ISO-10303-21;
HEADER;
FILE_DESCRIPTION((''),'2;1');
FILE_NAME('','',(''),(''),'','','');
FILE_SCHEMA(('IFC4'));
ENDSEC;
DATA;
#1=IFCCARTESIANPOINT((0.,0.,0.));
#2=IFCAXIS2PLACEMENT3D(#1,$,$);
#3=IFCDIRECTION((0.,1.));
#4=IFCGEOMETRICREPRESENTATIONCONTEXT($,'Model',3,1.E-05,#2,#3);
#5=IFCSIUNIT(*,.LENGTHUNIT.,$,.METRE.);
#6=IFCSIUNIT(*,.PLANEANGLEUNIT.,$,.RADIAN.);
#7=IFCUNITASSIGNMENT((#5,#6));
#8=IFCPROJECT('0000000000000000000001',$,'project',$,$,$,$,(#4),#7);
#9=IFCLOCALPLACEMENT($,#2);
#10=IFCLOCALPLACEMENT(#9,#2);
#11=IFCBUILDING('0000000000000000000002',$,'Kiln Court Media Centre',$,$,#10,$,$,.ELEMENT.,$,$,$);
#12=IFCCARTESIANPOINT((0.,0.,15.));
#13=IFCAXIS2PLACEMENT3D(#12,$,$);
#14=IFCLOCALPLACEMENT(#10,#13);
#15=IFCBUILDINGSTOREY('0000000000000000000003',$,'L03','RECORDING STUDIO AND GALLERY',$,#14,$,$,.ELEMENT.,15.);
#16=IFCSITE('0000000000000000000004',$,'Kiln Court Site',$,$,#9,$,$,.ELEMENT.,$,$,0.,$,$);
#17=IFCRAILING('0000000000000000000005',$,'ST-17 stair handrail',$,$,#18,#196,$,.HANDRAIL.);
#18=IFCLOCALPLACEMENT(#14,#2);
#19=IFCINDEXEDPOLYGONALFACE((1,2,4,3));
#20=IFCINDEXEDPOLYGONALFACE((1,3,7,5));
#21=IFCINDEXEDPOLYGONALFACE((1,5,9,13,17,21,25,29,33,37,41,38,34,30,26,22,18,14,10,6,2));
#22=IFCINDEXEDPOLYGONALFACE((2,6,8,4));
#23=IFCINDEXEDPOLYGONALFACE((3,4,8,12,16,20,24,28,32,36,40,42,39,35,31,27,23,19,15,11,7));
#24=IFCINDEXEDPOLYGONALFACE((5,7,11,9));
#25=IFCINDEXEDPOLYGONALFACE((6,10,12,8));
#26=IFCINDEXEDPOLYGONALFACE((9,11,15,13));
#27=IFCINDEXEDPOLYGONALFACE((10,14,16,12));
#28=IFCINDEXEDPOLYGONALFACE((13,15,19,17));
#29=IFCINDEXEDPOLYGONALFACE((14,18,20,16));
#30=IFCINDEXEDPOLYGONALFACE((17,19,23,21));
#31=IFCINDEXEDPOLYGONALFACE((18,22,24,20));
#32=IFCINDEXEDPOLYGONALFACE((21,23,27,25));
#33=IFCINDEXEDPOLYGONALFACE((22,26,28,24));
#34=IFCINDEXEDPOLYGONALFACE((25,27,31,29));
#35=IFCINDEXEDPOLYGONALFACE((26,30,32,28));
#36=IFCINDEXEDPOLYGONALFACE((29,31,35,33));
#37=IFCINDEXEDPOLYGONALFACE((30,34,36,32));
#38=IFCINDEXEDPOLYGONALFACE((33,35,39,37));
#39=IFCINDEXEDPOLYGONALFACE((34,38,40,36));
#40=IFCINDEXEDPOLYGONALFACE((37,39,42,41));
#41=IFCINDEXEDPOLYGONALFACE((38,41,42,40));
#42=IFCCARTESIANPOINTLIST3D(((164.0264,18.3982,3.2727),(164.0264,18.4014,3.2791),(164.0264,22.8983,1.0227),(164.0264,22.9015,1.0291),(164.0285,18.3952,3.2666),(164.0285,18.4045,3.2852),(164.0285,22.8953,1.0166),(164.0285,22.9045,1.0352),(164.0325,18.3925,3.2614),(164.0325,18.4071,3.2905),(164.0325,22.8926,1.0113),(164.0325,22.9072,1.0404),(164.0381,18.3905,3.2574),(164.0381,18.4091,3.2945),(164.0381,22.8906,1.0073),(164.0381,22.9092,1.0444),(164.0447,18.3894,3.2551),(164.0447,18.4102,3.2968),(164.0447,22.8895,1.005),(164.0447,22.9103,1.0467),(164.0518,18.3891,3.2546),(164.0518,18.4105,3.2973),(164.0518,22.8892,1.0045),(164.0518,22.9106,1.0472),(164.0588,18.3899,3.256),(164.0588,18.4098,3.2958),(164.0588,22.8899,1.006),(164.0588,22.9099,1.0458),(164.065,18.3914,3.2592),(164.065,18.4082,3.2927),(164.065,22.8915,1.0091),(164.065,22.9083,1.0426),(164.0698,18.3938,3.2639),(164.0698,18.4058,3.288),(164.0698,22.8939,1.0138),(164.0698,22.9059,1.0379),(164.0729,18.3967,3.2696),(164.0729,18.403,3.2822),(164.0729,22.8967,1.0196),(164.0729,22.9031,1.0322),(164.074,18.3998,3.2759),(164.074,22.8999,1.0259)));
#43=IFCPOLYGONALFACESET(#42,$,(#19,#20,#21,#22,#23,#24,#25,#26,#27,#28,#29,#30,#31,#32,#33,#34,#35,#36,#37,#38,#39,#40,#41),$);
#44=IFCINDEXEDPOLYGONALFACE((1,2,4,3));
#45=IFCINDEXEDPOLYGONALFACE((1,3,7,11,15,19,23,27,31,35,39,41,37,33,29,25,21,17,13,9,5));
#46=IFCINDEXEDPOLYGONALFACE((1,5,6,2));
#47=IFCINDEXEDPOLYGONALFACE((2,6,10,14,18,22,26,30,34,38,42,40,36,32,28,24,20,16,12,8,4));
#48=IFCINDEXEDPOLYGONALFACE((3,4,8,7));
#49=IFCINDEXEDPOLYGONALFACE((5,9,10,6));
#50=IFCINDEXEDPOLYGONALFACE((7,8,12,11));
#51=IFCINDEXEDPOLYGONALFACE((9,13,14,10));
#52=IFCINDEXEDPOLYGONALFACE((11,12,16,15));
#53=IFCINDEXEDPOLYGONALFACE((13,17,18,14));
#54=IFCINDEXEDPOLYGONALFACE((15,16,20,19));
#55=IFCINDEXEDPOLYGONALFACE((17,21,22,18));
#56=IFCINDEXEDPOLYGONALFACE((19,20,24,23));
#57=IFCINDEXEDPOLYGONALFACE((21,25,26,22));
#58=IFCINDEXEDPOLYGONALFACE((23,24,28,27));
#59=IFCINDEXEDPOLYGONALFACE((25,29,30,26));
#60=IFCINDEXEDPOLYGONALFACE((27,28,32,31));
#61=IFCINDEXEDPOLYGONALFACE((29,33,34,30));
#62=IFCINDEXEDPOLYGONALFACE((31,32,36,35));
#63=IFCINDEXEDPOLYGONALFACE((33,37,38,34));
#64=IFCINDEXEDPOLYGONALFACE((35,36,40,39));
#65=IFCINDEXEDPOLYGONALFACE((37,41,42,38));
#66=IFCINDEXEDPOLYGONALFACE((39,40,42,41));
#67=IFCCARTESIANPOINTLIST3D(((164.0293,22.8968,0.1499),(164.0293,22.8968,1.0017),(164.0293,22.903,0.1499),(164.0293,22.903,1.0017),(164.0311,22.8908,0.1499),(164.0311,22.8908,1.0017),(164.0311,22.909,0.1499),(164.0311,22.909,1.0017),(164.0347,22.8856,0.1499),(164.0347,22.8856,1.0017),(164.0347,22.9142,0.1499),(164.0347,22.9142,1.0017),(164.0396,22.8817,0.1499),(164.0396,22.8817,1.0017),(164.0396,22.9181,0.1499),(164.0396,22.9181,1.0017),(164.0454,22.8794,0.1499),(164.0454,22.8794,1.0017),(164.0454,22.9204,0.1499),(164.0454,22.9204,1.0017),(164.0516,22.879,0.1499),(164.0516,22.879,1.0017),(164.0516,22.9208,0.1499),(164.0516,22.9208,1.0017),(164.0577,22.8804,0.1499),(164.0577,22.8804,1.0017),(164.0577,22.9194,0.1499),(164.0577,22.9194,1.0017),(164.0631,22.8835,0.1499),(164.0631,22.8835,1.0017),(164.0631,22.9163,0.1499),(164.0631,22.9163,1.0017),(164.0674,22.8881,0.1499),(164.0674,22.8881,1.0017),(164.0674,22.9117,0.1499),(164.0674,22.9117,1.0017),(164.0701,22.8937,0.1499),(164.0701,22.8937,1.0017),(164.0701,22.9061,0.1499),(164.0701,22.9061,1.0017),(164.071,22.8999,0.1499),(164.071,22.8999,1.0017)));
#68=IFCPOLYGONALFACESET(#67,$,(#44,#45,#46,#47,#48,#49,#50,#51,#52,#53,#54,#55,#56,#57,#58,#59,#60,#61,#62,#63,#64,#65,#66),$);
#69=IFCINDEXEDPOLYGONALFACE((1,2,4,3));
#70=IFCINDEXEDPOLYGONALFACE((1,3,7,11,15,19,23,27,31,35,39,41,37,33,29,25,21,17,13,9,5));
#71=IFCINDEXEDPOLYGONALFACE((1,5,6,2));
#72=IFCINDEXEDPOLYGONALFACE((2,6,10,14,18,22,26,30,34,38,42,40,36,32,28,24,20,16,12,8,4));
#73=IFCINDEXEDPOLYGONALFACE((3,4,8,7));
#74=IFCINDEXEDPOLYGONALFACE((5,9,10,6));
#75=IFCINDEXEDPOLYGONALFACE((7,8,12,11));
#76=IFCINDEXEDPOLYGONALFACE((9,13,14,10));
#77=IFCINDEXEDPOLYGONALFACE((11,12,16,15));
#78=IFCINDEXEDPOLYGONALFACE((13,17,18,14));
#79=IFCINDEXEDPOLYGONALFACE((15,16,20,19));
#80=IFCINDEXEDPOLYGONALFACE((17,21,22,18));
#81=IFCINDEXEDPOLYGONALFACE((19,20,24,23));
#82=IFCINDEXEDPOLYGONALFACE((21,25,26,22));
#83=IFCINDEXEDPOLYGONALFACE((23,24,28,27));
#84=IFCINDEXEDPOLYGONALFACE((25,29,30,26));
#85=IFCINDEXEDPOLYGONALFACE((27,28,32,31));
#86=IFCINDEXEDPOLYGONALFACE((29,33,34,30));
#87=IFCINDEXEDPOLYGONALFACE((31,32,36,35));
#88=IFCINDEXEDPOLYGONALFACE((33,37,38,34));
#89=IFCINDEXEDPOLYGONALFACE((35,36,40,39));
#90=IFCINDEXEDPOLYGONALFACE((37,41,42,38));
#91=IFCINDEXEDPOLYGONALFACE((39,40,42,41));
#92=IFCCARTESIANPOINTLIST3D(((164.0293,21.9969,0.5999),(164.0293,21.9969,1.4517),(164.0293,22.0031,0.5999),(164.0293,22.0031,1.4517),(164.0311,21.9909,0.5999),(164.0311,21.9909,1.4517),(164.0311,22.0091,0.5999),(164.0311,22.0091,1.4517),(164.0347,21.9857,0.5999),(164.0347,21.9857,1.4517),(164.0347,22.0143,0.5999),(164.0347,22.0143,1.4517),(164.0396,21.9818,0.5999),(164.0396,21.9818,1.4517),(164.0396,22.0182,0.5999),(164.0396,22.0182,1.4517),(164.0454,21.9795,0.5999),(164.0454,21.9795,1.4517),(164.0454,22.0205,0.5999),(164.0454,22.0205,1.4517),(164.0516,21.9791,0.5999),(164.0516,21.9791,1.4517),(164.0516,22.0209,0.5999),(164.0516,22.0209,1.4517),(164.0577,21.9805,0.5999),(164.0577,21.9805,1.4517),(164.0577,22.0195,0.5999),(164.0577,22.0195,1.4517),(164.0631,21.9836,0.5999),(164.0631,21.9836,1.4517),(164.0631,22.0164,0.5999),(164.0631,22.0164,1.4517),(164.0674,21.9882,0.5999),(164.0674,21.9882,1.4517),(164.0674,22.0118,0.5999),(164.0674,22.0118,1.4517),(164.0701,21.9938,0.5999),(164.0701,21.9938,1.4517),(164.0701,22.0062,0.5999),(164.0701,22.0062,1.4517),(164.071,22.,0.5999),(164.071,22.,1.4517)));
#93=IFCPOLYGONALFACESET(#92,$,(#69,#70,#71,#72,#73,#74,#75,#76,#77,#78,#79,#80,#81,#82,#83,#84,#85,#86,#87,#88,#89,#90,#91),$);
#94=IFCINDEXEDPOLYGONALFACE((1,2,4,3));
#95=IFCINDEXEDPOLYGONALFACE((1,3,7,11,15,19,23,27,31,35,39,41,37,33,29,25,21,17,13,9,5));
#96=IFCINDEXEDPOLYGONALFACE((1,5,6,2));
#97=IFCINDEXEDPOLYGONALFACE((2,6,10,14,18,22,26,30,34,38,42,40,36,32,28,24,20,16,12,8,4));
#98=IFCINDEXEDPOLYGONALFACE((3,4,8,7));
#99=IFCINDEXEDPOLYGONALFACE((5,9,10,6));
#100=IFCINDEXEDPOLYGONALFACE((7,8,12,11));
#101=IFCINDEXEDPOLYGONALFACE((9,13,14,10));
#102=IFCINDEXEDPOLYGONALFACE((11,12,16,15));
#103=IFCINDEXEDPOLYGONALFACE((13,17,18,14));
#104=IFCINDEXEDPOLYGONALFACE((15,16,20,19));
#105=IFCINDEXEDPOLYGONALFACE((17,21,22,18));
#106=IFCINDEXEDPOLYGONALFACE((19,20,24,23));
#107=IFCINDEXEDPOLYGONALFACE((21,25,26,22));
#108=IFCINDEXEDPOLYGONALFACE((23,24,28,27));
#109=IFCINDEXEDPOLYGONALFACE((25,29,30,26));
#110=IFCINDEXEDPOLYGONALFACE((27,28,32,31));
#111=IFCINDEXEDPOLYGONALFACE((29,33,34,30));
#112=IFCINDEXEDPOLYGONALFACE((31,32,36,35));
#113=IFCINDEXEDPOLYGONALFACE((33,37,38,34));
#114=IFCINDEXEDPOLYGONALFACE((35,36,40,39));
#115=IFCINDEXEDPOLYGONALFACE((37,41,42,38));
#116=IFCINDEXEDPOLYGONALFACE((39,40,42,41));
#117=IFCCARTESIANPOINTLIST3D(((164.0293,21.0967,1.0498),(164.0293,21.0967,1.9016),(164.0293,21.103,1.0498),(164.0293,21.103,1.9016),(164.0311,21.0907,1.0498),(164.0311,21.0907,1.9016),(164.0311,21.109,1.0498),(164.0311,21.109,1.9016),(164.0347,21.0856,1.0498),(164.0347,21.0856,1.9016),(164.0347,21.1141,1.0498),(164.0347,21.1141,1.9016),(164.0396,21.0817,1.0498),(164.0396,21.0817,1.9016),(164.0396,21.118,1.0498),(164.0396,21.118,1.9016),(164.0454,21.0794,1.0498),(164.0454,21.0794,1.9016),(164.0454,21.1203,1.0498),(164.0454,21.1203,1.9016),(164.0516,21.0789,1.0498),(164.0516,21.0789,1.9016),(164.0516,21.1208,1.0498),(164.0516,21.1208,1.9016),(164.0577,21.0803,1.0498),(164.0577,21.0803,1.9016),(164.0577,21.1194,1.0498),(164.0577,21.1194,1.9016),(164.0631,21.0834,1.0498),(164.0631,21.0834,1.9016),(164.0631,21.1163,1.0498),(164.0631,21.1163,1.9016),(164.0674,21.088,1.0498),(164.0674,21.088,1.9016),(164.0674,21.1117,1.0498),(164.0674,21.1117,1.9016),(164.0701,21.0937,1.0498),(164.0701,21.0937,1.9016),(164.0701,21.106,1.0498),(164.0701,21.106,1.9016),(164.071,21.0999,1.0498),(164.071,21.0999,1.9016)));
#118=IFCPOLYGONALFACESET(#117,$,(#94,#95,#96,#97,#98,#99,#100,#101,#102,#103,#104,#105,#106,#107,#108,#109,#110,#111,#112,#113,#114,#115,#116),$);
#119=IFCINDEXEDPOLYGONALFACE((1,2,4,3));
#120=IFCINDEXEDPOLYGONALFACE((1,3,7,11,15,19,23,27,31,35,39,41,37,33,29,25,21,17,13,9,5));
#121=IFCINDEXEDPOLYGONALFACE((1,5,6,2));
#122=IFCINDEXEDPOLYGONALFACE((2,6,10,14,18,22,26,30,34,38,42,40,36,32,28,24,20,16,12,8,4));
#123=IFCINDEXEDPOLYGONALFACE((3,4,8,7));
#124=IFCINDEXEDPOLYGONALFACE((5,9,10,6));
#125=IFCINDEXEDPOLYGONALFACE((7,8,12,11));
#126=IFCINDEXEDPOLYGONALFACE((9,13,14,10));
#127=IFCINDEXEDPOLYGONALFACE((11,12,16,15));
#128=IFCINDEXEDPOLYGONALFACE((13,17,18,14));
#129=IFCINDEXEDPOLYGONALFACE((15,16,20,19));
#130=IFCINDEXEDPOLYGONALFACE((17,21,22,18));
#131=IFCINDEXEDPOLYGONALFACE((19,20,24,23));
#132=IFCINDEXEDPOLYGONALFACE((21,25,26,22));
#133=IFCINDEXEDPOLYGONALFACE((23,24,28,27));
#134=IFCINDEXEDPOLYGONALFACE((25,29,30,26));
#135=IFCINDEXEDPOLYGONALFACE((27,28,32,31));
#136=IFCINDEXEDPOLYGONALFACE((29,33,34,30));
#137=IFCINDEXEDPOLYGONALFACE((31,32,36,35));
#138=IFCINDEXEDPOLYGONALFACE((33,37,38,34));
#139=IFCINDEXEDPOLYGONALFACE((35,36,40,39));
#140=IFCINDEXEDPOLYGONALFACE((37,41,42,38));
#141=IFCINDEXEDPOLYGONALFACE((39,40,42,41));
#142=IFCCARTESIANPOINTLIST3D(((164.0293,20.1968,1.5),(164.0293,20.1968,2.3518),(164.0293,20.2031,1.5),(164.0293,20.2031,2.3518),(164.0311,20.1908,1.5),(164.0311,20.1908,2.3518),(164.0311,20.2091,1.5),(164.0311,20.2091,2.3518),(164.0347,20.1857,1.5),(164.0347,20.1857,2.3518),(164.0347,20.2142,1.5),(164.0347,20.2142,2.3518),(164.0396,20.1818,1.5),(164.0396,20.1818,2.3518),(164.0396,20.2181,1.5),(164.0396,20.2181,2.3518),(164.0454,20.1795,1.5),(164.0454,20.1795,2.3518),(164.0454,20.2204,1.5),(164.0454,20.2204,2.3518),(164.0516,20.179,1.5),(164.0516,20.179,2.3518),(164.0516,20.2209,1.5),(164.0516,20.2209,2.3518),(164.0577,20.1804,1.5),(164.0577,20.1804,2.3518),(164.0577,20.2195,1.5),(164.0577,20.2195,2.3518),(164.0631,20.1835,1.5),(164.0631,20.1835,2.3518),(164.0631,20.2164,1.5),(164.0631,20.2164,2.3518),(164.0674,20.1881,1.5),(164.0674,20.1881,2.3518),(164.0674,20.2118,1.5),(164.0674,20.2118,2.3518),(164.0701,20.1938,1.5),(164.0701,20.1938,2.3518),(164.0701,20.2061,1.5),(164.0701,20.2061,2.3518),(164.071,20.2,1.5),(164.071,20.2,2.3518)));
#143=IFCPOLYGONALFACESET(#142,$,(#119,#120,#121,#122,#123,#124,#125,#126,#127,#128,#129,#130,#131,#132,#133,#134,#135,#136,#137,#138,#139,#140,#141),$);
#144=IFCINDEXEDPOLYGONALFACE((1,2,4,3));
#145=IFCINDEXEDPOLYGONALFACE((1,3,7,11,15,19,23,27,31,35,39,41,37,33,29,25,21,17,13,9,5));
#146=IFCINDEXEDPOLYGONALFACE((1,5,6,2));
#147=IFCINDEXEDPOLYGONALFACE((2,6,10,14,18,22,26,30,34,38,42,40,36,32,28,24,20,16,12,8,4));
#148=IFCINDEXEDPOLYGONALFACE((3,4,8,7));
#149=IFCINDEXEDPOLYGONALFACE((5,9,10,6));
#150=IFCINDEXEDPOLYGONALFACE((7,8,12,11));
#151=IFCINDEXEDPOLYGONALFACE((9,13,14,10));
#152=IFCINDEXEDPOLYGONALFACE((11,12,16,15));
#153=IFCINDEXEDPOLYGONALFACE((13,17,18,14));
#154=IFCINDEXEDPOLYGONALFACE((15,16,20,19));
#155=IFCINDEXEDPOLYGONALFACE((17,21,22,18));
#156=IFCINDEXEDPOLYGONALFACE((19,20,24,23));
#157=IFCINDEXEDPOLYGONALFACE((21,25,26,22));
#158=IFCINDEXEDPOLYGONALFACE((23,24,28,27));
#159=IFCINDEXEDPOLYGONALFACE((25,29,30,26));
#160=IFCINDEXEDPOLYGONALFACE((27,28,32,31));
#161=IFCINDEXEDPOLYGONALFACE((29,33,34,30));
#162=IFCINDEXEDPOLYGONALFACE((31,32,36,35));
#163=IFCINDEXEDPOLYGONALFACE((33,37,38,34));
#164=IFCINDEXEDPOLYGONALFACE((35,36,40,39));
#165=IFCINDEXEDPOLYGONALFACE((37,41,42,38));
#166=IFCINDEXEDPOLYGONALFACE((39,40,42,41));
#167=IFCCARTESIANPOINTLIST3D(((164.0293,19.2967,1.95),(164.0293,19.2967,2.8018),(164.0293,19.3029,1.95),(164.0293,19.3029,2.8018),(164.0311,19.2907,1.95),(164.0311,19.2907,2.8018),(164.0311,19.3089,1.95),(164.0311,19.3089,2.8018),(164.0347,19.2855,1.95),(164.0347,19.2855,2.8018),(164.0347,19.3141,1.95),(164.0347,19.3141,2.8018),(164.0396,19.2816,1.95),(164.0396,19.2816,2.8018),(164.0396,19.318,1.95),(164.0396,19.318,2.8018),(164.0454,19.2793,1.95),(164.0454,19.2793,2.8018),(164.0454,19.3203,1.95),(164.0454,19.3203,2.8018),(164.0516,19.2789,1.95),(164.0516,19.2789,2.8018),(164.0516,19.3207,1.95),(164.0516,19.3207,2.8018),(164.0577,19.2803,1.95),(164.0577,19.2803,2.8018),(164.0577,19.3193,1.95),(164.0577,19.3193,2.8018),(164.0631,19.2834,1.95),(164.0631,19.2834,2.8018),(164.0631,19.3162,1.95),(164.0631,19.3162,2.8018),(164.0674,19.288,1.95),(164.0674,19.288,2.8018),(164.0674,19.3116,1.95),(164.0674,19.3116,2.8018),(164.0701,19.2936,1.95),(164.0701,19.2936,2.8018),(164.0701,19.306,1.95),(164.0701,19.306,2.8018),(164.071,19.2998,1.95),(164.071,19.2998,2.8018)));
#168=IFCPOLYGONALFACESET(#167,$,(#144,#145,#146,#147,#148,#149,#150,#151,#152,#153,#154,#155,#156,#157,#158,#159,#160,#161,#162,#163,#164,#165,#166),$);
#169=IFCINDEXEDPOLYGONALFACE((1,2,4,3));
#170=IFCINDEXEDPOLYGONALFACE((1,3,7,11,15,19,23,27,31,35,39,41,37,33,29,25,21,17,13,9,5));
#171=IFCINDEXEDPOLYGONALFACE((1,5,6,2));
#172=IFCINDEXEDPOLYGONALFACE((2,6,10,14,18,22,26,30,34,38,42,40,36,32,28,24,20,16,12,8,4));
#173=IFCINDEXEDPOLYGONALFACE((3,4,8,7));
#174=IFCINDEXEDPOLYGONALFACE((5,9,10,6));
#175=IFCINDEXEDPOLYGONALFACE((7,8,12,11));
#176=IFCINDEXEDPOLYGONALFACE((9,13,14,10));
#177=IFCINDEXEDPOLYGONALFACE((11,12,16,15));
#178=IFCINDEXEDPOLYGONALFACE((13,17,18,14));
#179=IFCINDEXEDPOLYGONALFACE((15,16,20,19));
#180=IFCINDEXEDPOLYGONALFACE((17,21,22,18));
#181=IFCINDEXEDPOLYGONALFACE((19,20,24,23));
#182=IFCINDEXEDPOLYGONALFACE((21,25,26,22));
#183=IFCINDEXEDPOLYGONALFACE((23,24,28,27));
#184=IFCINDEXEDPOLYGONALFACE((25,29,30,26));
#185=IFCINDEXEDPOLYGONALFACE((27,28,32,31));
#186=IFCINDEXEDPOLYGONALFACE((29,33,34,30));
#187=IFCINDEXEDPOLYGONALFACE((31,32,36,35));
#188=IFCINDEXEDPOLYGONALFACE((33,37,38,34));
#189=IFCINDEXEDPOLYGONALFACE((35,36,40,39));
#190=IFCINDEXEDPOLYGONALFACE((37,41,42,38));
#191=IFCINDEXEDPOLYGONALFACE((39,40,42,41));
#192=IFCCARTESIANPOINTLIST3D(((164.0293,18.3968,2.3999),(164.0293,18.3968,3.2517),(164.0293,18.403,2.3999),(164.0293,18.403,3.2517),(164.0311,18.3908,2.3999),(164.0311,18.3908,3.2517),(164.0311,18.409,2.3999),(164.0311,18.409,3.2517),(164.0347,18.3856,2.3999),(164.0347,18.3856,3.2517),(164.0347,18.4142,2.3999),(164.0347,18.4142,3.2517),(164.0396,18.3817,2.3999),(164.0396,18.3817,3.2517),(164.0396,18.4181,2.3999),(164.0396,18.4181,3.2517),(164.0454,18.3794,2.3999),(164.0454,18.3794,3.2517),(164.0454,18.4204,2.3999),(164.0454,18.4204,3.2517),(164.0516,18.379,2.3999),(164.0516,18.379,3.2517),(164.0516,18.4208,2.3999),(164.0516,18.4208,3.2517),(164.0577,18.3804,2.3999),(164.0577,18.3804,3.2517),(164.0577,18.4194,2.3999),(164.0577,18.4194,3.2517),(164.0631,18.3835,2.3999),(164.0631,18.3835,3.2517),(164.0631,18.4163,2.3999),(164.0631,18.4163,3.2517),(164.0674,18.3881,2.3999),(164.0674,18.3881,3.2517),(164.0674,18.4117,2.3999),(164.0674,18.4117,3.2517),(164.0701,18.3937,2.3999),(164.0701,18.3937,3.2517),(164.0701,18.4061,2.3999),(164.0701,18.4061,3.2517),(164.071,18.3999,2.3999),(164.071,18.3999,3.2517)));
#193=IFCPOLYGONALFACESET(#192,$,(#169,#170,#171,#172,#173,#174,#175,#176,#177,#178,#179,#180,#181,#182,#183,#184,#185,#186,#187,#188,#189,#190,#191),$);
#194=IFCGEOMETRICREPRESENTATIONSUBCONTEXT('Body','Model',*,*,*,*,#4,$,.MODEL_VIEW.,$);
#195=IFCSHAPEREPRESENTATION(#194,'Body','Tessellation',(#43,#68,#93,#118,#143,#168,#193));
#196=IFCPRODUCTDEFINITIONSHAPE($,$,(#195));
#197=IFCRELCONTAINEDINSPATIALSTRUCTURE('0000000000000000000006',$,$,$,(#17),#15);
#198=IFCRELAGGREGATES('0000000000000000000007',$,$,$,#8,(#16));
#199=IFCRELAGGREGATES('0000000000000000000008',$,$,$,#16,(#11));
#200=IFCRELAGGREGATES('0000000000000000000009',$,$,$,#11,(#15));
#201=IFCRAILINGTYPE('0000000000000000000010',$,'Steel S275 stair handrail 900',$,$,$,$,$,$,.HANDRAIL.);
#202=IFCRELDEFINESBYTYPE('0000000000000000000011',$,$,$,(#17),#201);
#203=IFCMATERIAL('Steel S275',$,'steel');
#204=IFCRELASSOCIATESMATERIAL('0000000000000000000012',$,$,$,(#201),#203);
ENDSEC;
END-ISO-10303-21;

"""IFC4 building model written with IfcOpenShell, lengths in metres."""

from ifc_helpers import new_model, si_unit, direction, frame, origin, origin_2d, place, context, subcontext, project, spatial, circle, extrude, material, type_object, element, save


model = new_model("IFC4")

# Units and contexts
model_context = context("Model", 3, precision=1e-05, world=origin(), true_north=direction((0.0, 1.0)))
body_context = subcontext(model_context, "Body", "Model", "MODEL_VIEW")
ifc_project = project(units=[si_unit("LENGTHUNIT", "METRE"), si_unit("PLANEANGLEUNIT", "RADIAN")], contexts=[model_context])

# Site, building, storey
site_placement = place(None, origin())
site = spatial("IfcSite", under=ifc_project, at=site_placement, Name="Kiln Court Site", CompositionType="ELEMENT", RefElevation=0.0)
building_placement = place(site_placement, origin())
building = spatial("IfcBuilding", under=site, at=building_placement, Name="Kiln Court Media Centre", CompositionType="ELEMENT")
storey_placement = place(building_placement, frame((0.0, 0.0, 15.0)))
storey = spatial("IfcBuildingStorey", under=building, at=storey_placement, Name="L03", Description="RECORDING STUDIO AND GALLERY", CompositionType="ELEMENT", Elevation=15.0)

# Railing
ifc_material_1 = material(Name="Steel S275", Category="steel")
railing_type_1 = type_object("IfcRailingType", Name="Steel S275 stair handrail 900", PredefinedType="HANDRAIL", material=ifc_material_1)
railing_1_placement = place(storey_placement, frame((164.05, 22.8999, 0.1499)))
element("IfcRailing", 1, at=railing_1_placement, inside=storey, type_object=railing_type_1, Name="ST-17 stair handrail", PredefinedType="HANDRAIL", context=body_context, shape_type="SweptSolid", body=[
    extrude(circle(Radius=0.0239, at=origin_2d()), frame((0.0, 0.0, 0.876), z_axis=(0.0, -0.894427, 0.447214), x_axis=(1.0, 0.0, 0.0)), (0.0, 0.0, 1.0), 5.0312),
    extrude(circle(Radius=0.021, at=origin_2d()), origin(), (0.0, 0.0, 1.0), 0.8518),
    extrude(circle(Radius=0.021, at=origin_2d()), frame((0.0, -0.8999, 0.45)), (0.0, 0.0, 1.0), 0.8518),
    extrude(circle(Radius=0.021, at=origin_2d()), frame((0.0, -1.8, 0.8999)), (0.0, 0.0, 1.0), 0.8518),
    extrude(circle(Radius=0.021, at=origin_2d()), frame((0.0, -2.7, 1.3501)), (0.0, 0.0, 1.0), 0.8518),
    extrude(circle(Radius=0.021, at=origin_2d()), frame((0.0, -3.6001, 1.8)), (0.0, 0.0, 1.0), 0.8518),
    extrude(circle(Radius=0.021, at=origin_2d()), frame((0.0, -4.5, 2.25)), (0.0, 0.0, 1.0), 0.8518),
])

save(model, "model.ifc")
